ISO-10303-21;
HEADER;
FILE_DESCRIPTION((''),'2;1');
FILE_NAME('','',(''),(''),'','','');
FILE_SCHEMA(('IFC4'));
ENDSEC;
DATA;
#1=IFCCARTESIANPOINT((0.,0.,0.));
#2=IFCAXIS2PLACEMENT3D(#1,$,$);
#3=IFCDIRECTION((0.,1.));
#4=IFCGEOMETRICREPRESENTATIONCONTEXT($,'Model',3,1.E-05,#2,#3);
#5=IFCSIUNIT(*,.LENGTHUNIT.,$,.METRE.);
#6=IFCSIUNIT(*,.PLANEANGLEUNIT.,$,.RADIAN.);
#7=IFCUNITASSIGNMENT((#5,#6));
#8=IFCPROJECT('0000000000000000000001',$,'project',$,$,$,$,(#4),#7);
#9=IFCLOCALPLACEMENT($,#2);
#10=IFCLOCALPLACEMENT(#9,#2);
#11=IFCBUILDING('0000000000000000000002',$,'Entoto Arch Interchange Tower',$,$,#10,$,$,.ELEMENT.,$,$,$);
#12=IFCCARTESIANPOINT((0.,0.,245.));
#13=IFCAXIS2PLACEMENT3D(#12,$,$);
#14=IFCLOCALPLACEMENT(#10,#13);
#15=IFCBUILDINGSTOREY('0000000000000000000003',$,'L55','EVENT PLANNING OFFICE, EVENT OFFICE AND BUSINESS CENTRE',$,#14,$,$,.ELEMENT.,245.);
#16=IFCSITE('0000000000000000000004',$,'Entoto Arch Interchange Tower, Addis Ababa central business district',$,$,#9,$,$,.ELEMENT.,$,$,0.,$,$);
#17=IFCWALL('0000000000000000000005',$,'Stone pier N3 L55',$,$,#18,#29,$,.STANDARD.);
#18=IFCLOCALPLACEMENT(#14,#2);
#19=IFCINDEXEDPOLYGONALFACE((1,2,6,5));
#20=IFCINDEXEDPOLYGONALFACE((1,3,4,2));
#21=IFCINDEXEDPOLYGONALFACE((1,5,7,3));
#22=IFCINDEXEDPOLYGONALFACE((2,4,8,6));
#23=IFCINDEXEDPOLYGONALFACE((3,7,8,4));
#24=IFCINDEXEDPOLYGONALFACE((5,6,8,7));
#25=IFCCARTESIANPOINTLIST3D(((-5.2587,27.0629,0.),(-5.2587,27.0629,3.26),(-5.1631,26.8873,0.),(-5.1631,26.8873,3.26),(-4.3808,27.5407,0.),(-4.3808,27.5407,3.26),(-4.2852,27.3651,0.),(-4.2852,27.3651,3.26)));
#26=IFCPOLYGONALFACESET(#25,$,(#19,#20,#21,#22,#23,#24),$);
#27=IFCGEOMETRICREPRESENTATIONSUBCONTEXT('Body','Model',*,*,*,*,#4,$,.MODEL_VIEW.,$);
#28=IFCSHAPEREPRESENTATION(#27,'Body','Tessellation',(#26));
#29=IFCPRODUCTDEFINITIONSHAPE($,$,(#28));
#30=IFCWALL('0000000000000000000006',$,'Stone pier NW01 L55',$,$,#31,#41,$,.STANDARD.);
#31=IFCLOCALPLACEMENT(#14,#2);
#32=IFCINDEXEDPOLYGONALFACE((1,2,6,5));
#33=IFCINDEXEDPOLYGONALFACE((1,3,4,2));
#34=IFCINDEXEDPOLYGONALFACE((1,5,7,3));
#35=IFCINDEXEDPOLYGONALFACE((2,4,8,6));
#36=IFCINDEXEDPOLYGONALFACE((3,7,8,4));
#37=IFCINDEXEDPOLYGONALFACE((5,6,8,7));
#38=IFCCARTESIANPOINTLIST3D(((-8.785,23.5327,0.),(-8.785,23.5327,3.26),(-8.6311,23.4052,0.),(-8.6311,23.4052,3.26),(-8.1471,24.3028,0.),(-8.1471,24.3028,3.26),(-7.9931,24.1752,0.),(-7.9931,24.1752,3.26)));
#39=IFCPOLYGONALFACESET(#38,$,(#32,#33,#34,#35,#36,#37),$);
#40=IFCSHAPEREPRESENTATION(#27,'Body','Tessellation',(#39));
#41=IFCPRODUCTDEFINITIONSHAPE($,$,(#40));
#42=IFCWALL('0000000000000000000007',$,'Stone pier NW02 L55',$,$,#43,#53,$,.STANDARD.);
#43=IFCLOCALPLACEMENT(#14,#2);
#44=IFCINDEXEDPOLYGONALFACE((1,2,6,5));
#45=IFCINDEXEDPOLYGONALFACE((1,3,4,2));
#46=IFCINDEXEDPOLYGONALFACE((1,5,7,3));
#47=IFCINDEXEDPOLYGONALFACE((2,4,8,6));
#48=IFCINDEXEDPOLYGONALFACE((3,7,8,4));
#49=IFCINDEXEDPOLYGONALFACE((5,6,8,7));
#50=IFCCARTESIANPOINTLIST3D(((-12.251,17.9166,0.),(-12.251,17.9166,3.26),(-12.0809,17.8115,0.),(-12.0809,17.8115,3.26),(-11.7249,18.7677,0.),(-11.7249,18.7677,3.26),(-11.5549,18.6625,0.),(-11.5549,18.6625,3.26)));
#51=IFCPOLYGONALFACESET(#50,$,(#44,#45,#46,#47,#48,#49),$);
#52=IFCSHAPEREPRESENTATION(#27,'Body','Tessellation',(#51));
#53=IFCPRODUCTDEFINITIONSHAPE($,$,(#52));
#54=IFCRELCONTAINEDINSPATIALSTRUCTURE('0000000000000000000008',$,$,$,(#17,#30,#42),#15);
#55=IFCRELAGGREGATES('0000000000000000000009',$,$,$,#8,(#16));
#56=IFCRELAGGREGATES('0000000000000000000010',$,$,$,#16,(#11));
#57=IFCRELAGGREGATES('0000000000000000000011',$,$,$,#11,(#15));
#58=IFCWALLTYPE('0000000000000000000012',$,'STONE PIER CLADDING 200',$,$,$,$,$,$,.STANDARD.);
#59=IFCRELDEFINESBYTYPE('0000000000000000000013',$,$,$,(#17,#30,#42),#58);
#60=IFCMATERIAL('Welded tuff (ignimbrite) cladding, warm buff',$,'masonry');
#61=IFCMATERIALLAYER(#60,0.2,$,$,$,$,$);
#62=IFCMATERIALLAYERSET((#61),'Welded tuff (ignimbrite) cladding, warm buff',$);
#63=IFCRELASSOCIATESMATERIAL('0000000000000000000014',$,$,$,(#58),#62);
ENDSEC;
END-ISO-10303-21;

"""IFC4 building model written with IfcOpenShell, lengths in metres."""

from ifc_helpers import new_model, si_unit, direction, frame, frame_2d, origin, place, context, subcontext, project, spatial, rectangle, extrude, material, layer, layer_set, type_object, element, save


model = new_model("IFC4")

# Units and contexts
model_context = context("Model", 3, precision=1e-05, world=origin(), true_north=direction((0.0, 1.0)))
body_context = subcontext(model_context, "Body", "Model", "MODEL_VIEW")
ifc_project = project(units=[si_unit("LENGTHUNIT", "METRE"), si_unit("PLANEANGLEUNIT", "RADIAN")], contexts=[model_context])

# Site, building, storey
site_placement = place(None, origin())
site = spatial("IfcSite", under=ifc_project, at=site_placement, Name="Entoto Arch Interchange Tower, Addis Ababa central business district", CompositionType="ELEMENT", RefElevation=0.0)
building_placement = place(site_placement, origin())
building = spatial("IfcBuilding", under=site, at=building_placement, Name="Entoto Arch Interchange Tower", CompositionType="ELEMENT")
storey_placement = place(building_placement, frame((0.0, 0.0, 245.0)))
storey = spatial("IfcBuildingStorey", under=building, at=storey_placement, Name="L55", Description="EVENT PLANNING OFFICE, EVENT OFFICE AND BUSINESS CENTRE", CompositionType="ELEMENT", Elevation=245.0)

# Shared definitions
ifc_material_1 = material(Name="Welded tuff (ignimbrite) cladding, warm buff", Category="masonry")

# Walls
ifc_layer_1 = layer(ifc_material_1, 0.2)
ifc_layer_set_1 = layer_set([ifc_layer_1], Name="Welded tuff (ignimbrite) cladding, warm buff")
wall_type_1 = type_object("IfcWallType", Name="STONE PIER CLADDING 200", PredefinedType="STANDARD", material=ifc_layer_set_1)
wall_1_placement = place(storey_placement, frame((-4.333, 27.4529, 0.0), z_axis=(0.0, 0.0, 1.0), x_axis=(-0.878353, -0.478013, 0.0)))
element("IfcWall", 1, at=wall_1_placement, inside=storey, type_object=wall_type_1, Name="Stone pier N3 L55", PredefinedType="STANDARD", context=body_context, shape_type="SweptSolid", body=[
    extrude(rectangle(XDim=0.9995, YDim=0.2, at=frame_2d((0.4998, 0.0))), origin(), (0.0, 0.0, 1.0), 3.26),
])
wall_2_placement = place(storey_placement, frame((-8.0701, 24.239, 0.0), z_axis=(0.0, 0.0, 1.0), x_axis=(-0.637972, -0.770059, 0.0)))
element("IfcWall", 2, at=wall_2_placement, inside=storey, type_object=wall_type_1, Name="Stone pier NW01 L55", PredefinedType="STANDARD", context=body_context, shape_type="SweptSolid", body=[
    extrude(rectangle(XDim=1.0, YDim=0.2, at=frame_2d((0.5, 0.0))), origin(), (0.0, 0.0, 1.0), 3.26),
])
wall_3_placement = place(storey_placement, frame((-11.6399, 18.7151, 0.0), z_axis=(0.0, 0.0, 1.0), x_axis=(-0.525825, -0.850593, 0.0)))
element("IfcWall", 3, at=wall_3_placement, inside=storey, type_object=wall_type_1, Name="Stone pier NW02 L55", PredefinedType="STANDARD", context=body_context, shape_type="SweptSolid", body=[
    extrude(rectangle(XDim=1.0005, YDim=0.2, at=frame_2d((0.5002, 0.0))), origin(), (0.0, 0.0, 1.0), 3.26),
])

save(model, "model.ifc")
